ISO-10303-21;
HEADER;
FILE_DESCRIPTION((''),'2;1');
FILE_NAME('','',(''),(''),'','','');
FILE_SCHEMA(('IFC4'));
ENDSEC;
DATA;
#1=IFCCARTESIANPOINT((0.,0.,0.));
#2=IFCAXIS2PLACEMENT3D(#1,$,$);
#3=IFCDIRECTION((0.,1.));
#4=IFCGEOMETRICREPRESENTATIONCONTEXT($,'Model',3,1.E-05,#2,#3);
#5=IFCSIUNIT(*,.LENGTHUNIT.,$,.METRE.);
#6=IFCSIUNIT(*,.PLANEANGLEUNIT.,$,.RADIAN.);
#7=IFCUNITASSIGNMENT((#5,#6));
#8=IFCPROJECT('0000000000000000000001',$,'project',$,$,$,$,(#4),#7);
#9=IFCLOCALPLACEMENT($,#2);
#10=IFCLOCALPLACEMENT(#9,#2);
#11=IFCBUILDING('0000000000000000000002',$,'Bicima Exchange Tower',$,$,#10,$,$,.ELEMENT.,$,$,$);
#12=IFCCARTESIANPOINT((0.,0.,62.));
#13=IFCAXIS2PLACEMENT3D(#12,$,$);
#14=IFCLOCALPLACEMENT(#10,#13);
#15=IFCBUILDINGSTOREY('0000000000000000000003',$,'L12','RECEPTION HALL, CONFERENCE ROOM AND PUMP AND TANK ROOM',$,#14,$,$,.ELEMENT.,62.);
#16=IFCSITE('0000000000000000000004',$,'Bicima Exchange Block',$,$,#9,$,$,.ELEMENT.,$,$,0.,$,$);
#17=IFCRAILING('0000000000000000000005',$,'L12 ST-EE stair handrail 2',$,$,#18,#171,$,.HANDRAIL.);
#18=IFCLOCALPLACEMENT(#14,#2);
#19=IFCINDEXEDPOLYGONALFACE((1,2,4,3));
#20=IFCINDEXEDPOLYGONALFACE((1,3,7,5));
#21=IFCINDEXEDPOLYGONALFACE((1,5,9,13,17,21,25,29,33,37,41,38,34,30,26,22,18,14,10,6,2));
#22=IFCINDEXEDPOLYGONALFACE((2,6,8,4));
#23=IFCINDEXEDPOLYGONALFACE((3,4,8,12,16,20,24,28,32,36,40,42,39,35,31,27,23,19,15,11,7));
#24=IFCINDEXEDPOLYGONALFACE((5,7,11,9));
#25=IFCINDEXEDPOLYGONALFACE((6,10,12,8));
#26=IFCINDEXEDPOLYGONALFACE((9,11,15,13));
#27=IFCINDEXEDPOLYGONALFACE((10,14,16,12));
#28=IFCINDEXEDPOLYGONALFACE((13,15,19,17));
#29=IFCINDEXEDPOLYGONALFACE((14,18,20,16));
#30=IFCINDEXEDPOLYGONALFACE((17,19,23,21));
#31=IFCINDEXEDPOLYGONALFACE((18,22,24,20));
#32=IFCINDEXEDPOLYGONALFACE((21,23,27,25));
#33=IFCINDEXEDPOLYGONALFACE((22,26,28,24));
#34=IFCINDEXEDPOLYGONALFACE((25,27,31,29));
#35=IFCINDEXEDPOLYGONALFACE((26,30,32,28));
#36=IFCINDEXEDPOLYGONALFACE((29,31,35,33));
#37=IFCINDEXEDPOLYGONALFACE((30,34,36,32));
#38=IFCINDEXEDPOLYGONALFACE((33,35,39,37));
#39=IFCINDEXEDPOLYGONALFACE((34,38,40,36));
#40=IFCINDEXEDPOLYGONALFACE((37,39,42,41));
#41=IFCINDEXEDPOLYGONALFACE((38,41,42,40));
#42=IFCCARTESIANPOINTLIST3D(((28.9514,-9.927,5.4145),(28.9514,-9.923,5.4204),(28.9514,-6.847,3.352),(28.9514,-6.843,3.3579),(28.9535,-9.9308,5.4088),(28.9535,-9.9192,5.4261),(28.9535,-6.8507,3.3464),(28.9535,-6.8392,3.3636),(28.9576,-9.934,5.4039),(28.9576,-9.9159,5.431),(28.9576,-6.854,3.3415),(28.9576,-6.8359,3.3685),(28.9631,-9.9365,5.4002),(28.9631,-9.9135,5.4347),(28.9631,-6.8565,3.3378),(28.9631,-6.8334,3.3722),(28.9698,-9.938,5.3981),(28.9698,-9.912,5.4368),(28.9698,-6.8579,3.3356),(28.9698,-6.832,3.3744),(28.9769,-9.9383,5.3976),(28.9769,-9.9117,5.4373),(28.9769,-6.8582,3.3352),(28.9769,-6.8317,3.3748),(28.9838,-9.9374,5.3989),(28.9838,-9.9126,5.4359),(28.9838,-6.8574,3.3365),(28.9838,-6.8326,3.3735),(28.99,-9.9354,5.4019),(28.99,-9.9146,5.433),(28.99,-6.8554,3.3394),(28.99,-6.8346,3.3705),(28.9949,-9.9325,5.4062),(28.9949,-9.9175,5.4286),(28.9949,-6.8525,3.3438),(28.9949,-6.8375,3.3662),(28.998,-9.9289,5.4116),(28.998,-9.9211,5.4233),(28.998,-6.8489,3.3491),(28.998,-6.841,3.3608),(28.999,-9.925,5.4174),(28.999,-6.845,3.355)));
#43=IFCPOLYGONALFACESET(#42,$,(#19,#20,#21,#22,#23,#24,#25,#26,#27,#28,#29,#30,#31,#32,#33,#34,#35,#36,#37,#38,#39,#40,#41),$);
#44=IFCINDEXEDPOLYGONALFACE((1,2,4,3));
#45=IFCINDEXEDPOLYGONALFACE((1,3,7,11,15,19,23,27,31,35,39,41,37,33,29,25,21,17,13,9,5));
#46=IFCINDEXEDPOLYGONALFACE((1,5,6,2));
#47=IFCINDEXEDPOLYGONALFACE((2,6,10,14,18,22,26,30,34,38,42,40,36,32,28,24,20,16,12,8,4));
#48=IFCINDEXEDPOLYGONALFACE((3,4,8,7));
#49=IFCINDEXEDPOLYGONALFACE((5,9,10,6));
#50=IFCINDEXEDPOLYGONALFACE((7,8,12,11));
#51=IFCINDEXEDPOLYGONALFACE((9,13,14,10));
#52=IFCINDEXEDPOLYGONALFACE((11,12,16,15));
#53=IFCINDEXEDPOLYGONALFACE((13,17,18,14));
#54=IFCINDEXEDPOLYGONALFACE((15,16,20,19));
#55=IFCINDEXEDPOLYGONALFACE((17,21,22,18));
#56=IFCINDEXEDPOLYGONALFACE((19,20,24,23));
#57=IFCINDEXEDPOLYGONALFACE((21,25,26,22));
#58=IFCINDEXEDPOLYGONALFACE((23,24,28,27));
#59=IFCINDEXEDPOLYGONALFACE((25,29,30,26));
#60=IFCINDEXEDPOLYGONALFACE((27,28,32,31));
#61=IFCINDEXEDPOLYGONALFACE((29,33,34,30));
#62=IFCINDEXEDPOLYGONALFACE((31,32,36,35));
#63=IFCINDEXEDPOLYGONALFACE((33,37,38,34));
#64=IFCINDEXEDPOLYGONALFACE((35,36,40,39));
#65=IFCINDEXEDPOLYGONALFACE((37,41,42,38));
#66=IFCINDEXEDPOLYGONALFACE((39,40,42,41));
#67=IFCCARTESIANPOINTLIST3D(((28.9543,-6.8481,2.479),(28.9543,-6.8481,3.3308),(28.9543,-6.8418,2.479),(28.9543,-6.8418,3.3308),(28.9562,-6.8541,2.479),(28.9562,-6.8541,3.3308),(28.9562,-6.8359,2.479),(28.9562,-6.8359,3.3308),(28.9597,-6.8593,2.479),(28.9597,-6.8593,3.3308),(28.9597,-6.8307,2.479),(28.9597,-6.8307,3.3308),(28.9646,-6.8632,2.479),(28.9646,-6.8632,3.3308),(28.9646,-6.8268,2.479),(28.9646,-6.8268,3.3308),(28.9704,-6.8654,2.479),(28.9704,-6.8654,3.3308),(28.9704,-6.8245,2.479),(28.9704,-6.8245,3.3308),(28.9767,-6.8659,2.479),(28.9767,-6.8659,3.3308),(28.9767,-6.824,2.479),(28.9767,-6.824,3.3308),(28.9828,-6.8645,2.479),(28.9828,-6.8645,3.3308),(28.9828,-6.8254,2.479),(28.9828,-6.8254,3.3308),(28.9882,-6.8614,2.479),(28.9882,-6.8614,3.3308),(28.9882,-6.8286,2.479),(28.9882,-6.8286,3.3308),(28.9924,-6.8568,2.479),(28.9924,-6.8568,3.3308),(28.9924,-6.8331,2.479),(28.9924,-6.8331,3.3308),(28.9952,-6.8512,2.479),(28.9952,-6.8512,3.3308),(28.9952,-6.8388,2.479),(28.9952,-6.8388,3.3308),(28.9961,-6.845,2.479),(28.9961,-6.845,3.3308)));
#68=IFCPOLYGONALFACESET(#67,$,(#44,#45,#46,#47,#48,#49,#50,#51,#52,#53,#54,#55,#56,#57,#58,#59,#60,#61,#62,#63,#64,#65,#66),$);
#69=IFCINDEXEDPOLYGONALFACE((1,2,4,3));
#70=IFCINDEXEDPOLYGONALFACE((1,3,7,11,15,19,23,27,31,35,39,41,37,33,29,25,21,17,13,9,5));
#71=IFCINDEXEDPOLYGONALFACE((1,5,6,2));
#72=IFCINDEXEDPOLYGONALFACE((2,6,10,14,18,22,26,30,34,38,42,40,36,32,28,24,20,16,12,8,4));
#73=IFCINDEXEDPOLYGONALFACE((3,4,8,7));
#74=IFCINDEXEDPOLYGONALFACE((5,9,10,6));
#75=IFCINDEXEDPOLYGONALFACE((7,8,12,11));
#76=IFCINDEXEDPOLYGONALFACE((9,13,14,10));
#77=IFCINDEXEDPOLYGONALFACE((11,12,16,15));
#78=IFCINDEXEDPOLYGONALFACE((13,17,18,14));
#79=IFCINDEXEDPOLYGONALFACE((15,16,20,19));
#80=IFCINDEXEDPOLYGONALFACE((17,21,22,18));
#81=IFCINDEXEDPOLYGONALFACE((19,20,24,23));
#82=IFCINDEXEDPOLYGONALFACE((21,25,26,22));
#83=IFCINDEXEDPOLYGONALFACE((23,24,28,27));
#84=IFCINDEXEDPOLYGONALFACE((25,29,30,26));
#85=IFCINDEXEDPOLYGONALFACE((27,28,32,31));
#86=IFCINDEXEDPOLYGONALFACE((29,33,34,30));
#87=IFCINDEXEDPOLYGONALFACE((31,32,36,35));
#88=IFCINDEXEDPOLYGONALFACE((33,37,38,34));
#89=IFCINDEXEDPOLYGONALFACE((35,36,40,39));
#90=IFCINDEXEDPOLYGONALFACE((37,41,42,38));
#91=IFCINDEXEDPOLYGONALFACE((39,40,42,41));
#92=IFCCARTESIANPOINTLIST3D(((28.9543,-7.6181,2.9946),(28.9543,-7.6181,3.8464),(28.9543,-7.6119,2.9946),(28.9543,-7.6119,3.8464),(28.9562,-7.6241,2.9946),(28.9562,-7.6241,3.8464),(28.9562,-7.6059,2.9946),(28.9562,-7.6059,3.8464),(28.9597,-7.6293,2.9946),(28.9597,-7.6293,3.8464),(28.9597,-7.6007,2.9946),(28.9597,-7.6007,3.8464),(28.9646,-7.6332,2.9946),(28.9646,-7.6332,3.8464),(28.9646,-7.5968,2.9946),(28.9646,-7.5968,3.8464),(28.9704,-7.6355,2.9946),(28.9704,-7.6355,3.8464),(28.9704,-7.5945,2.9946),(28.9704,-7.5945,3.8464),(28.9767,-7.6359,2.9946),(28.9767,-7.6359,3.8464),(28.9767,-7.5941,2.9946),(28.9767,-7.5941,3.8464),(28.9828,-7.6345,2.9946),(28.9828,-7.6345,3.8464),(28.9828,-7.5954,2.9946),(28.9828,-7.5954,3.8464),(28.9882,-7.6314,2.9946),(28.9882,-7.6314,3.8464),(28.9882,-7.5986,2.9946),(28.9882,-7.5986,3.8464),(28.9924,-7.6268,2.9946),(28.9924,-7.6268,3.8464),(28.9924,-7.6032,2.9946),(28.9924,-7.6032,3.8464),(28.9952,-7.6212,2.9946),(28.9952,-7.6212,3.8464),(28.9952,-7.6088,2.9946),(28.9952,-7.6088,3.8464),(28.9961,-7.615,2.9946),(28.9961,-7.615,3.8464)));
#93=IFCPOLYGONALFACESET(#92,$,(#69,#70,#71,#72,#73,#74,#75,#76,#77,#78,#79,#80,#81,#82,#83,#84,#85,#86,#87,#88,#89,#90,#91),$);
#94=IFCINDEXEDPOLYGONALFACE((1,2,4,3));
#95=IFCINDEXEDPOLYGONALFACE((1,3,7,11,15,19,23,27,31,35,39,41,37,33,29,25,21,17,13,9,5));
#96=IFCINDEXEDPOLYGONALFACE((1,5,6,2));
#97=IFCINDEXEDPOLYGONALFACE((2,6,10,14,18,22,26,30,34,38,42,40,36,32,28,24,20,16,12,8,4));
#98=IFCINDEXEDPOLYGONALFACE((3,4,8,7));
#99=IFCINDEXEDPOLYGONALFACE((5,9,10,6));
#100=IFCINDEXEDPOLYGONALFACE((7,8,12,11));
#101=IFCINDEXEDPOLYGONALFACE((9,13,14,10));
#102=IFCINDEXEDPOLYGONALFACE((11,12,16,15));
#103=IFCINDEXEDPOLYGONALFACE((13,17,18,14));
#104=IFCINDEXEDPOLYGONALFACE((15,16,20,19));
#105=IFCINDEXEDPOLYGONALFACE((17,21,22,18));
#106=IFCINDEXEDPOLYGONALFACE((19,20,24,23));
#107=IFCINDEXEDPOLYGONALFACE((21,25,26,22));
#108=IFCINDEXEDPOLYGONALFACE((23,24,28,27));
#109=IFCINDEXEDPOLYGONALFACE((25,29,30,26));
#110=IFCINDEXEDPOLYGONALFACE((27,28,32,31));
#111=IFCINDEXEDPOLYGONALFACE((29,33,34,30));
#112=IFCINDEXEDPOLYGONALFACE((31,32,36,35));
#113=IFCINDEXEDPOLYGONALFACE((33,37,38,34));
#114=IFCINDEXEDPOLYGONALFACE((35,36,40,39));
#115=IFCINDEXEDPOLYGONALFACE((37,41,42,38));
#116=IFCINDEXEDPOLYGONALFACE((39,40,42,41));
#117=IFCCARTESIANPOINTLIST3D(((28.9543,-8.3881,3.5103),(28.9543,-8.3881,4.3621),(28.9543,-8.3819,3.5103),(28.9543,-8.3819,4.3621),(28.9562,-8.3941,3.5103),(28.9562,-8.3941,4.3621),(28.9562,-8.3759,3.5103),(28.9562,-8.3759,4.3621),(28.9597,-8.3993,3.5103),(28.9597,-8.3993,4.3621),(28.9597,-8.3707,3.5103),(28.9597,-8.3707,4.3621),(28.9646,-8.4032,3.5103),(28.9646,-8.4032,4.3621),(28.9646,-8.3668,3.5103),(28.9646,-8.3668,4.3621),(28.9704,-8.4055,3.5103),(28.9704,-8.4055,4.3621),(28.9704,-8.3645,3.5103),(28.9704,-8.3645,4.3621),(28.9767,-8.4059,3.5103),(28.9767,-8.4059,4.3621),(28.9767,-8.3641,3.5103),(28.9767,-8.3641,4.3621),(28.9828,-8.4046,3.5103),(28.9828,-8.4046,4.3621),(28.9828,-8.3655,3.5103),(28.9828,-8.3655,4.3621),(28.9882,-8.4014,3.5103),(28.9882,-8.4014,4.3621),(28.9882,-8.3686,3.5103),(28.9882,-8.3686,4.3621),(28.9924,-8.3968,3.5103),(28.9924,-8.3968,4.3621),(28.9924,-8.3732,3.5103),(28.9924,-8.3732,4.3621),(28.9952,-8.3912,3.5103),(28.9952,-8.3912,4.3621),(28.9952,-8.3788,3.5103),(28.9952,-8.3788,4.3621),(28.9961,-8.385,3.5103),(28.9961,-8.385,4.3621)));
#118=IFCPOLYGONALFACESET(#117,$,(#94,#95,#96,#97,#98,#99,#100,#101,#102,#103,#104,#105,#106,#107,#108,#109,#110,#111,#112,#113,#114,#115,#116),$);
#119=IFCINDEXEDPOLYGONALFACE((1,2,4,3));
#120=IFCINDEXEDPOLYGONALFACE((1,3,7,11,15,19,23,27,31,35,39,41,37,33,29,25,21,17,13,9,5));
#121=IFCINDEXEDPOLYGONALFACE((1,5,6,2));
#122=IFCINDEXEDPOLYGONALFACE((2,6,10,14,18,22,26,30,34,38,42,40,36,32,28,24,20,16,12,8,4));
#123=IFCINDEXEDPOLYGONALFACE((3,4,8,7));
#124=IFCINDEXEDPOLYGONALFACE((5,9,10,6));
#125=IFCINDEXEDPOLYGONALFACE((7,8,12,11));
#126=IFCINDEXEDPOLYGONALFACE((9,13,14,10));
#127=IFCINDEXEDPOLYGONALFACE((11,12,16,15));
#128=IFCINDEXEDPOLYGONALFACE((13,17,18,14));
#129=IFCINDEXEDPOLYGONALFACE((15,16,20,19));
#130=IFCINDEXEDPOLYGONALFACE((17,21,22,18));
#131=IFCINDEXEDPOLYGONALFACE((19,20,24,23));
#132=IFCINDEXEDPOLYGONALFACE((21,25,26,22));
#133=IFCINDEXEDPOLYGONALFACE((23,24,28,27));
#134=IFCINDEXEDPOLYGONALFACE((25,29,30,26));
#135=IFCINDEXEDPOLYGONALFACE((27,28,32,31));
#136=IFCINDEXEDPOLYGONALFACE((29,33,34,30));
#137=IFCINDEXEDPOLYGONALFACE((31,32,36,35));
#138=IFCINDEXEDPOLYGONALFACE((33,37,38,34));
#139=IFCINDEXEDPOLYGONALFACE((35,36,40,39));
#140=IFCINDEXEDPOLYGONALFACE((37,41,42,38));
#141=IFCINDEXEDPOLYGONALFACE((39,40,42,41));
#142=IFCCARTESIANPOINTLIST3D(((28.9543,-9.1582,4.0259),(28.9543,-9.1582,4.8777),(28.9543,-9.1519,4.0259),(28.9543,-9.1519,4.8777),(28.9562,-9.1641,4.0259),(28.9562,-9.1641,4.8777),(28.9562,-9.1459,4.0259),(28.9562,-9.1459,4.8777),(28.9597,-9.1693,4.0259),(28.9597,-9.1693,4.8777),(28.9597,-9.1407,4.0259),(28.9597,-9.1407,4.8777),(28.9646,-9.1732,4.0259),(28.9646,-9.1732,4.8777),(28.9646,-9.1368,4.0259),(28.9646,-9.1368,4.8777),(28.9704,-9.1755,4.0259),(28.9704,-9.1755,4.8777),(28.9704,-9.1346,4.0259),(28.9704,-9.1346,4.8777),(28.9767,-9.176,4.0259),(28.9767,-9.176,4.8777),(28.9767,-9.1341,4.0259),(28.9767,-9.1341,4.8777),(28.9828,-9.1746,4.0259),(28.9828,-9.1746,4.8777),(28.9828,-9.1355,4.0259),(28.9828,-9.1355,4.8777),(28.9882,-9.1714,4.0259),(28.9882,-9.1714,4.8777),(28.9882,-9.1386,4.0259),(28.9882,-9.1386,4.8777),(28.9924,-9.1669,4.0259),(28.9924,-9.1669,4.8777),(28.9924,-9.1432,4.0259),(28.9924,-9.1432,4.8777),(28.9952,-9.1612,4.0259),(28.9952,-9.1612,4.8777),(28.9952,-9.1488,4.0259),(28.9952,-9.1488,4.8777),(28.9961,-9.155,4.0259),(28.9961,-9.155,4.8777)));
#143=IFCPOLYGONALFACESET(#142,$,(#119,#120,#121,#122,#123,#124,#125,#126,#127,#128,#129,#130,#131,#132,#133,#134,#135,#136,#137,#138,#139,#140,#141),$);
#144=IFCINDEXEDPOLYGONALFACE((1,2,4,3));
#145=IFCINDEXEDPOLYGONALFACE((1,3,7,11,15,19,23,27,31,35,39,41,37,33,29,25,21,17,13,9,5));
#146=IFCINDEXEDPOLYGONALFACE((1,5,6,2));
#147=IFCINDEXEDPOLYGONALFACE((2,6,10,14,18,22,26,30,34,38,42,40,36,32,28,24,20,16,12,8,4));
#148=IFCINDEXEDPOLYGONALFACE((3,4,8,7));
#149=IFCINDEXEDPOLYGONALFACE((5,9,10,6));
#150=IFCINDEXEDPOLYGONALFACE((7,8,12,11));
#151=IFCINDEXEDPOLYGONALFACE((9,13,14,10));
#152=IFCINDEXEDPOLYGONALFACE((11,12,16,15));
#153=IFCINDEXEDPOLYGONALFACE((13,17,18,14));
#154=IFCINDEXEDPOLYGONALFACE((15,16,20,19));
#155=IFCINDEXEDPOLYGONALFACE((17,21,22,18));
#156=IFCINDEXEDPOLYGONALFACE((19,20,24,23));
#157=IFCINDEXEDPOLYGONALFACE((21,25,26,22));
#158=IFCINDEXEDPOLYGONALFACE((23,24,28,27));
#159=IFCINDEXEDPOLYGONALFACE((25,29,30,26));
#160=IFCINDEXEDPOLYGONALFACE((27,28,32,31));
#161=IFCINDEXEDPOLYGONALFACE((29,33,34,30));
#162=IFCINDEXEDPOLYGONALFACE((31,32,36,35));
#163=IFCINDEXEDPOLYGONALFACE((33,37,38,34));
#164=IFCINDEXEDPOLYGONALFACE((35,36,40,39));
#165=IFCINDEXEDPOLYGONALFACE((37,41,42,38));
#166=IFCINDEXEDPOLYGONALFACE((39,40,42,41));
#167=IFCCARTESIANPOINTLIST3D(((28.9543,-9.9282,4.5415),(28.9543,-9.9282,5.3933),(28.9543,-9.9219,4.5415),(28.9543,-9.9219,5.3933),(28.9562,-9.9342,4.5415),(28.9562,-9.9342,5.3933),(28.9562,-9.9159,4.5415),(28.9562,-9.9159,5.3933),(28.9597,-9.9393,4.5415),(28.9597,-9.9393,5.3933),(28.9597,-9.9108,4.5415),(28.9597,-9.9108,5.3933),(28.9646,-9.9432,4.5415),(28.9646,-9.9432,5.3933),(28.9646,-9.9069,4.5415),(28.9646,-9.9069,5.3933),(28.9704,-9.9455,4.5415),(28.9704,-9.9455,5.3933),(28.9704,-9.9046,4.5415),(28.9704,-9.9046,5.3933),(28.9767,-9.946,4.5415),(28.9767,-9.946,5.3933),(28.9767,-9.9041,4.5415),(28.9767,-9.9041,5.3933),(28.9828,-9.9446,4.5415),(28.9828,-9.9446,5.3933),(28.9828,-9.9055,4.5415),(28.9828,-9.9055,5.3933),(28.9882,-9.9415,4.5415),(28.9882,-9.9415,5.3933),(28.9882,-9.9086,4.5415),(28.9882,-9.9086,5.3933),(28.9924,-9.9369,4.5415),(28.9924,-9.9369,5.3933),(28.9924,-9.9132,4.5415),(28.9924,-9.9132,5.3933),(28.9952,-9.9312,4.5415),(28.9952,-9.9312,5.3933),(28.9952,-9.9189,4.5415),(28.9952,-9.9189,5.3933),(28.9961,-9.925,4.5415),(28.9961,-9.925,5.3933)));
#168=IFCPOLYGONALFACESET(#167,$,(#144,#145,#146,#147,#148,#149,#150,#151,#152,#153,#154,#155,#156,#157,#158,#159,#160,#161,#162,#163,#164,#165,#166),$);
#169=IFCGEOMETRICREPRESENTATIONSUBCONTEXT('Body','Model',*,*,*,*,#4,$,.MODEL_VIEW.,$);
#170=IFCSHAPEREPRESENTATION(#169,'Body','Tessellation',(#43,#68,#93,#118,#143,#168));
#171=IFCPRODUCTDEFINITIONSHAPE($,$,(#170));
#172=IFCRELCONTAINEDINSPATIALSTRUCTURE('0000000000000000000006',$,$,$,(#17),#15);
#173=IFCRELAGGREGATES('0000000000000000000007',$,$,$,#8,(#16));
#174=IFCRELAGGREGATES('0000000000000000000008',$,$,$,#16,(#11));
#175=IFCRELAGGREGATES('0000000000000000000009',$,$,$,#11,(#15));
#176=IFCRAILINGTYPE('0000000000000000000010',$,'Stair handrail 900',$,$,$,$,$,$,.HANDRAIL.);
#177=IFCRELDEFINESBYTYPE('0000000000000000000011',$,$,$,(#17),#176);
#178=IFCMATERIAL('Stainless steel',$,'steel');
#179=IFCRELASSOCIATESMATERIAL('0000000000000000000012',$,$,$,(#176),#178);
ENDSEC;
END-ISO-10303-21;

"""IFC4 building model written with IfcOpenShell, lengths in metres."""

from ifc_helpers import new_model, si_unit, direction, frame, origin, origin_2d, place, context, subcontext, project, spatial, circle, extrude, material, type_object, element, save


model = new_model("IFC4")

# Units and contexts
model_context = context("Model", 3, precision=1e-05, world=origin(), true_north=direction((0.0, 1.0)))
body_context = subcontext(model_context, "Body", "Model", "MODEL_VIEW")
ifc_project = project(units=[si_unit("LENGTHUNIT", "METRE"), si_unit("PLANEANGLEUNIT", "RADIAN")], contexts=[model_context])

# Site, building, storey
site_placement = place(None, origin())
site = spatial("IfcSite", under=ifc_project, at=site_placement, Name="Bicima Exchange Block", CompositionType="ELEMENT", RefElevation=0.0)
building_placement = place(site_placement, origin())
building = spatial("IfcBuilding", under=site, at=building_placement, Name="Bicima Exchange Tower", CompositionType="ELEMENT")
storey_placement = place(building_placement, frame((0.0, 0.0, 62.0)))
storey = spatial("IfcBuildingStorey", under=building, at=storey_placement, Name="L12", Description="RECEPTION HALL, CONFERENCE ROOM AND PUMP AND TANK ROOM", CompositionType="ELEMENT", Elevation=62.0)

# Railing
ifc_material_1 = material(Name="Stainless steel", Category="steel")
railing_type_1 = type_object("IfcRailingType", Name="Stair handrail 900", PredefinedType="HANDRAIL", material=ifc_material_1)
railing_1_placement = place(storey_placement, frame((28.9751, -6.845, 2.479)))
element("IfcRailing", 1, at=railing_1_placement, inside=storey, type_object=railing_type_1, Name="L12 ST-EE stair handrail 2", PredefinedType="HANDRAIL", context=body_context, shape_type="SweptSolid", body=[
    extrude(circle(Radius=0.0239, at=origin_2d()), frame((0.0, 0.0, 0.876), z_axis=(0.0, -0.830914, 0.556401), x_axis=(1.0, 0.0, 0.0)), (0.0, 0.0, 1.0), 3.7068),
    extrude(circle(Radius=0.021, at=origin_2d()), origin(), (0.0, 0.0, 1.0), 0.8518),
    extrude(circle(Radius=0.021, at=origin_2d()), frame((0.0, -0.77, 0.5156)), (0.0, 0.0, 1.0), 0.8518),
    extrude(circle(Radius=0.021, at=origin_2d()), frame((0.0, -1.54, 1.0312)), (0.0, 0.0, 1.0), 0.8518),
    extrude(circle(Radius=0.021, at=origin_2d()), frame((0.0, -2.3101, 1.5469)), (0.0, 0.0, 1.0), 0.8518),
    extrude(circle(Radius=0.021, at=origin_2d()), frame((0.0, -3.0801, 2.0625)), (0.0, 0.0, 1.0), 0.8518),
])

save(model, "model.ifc")
